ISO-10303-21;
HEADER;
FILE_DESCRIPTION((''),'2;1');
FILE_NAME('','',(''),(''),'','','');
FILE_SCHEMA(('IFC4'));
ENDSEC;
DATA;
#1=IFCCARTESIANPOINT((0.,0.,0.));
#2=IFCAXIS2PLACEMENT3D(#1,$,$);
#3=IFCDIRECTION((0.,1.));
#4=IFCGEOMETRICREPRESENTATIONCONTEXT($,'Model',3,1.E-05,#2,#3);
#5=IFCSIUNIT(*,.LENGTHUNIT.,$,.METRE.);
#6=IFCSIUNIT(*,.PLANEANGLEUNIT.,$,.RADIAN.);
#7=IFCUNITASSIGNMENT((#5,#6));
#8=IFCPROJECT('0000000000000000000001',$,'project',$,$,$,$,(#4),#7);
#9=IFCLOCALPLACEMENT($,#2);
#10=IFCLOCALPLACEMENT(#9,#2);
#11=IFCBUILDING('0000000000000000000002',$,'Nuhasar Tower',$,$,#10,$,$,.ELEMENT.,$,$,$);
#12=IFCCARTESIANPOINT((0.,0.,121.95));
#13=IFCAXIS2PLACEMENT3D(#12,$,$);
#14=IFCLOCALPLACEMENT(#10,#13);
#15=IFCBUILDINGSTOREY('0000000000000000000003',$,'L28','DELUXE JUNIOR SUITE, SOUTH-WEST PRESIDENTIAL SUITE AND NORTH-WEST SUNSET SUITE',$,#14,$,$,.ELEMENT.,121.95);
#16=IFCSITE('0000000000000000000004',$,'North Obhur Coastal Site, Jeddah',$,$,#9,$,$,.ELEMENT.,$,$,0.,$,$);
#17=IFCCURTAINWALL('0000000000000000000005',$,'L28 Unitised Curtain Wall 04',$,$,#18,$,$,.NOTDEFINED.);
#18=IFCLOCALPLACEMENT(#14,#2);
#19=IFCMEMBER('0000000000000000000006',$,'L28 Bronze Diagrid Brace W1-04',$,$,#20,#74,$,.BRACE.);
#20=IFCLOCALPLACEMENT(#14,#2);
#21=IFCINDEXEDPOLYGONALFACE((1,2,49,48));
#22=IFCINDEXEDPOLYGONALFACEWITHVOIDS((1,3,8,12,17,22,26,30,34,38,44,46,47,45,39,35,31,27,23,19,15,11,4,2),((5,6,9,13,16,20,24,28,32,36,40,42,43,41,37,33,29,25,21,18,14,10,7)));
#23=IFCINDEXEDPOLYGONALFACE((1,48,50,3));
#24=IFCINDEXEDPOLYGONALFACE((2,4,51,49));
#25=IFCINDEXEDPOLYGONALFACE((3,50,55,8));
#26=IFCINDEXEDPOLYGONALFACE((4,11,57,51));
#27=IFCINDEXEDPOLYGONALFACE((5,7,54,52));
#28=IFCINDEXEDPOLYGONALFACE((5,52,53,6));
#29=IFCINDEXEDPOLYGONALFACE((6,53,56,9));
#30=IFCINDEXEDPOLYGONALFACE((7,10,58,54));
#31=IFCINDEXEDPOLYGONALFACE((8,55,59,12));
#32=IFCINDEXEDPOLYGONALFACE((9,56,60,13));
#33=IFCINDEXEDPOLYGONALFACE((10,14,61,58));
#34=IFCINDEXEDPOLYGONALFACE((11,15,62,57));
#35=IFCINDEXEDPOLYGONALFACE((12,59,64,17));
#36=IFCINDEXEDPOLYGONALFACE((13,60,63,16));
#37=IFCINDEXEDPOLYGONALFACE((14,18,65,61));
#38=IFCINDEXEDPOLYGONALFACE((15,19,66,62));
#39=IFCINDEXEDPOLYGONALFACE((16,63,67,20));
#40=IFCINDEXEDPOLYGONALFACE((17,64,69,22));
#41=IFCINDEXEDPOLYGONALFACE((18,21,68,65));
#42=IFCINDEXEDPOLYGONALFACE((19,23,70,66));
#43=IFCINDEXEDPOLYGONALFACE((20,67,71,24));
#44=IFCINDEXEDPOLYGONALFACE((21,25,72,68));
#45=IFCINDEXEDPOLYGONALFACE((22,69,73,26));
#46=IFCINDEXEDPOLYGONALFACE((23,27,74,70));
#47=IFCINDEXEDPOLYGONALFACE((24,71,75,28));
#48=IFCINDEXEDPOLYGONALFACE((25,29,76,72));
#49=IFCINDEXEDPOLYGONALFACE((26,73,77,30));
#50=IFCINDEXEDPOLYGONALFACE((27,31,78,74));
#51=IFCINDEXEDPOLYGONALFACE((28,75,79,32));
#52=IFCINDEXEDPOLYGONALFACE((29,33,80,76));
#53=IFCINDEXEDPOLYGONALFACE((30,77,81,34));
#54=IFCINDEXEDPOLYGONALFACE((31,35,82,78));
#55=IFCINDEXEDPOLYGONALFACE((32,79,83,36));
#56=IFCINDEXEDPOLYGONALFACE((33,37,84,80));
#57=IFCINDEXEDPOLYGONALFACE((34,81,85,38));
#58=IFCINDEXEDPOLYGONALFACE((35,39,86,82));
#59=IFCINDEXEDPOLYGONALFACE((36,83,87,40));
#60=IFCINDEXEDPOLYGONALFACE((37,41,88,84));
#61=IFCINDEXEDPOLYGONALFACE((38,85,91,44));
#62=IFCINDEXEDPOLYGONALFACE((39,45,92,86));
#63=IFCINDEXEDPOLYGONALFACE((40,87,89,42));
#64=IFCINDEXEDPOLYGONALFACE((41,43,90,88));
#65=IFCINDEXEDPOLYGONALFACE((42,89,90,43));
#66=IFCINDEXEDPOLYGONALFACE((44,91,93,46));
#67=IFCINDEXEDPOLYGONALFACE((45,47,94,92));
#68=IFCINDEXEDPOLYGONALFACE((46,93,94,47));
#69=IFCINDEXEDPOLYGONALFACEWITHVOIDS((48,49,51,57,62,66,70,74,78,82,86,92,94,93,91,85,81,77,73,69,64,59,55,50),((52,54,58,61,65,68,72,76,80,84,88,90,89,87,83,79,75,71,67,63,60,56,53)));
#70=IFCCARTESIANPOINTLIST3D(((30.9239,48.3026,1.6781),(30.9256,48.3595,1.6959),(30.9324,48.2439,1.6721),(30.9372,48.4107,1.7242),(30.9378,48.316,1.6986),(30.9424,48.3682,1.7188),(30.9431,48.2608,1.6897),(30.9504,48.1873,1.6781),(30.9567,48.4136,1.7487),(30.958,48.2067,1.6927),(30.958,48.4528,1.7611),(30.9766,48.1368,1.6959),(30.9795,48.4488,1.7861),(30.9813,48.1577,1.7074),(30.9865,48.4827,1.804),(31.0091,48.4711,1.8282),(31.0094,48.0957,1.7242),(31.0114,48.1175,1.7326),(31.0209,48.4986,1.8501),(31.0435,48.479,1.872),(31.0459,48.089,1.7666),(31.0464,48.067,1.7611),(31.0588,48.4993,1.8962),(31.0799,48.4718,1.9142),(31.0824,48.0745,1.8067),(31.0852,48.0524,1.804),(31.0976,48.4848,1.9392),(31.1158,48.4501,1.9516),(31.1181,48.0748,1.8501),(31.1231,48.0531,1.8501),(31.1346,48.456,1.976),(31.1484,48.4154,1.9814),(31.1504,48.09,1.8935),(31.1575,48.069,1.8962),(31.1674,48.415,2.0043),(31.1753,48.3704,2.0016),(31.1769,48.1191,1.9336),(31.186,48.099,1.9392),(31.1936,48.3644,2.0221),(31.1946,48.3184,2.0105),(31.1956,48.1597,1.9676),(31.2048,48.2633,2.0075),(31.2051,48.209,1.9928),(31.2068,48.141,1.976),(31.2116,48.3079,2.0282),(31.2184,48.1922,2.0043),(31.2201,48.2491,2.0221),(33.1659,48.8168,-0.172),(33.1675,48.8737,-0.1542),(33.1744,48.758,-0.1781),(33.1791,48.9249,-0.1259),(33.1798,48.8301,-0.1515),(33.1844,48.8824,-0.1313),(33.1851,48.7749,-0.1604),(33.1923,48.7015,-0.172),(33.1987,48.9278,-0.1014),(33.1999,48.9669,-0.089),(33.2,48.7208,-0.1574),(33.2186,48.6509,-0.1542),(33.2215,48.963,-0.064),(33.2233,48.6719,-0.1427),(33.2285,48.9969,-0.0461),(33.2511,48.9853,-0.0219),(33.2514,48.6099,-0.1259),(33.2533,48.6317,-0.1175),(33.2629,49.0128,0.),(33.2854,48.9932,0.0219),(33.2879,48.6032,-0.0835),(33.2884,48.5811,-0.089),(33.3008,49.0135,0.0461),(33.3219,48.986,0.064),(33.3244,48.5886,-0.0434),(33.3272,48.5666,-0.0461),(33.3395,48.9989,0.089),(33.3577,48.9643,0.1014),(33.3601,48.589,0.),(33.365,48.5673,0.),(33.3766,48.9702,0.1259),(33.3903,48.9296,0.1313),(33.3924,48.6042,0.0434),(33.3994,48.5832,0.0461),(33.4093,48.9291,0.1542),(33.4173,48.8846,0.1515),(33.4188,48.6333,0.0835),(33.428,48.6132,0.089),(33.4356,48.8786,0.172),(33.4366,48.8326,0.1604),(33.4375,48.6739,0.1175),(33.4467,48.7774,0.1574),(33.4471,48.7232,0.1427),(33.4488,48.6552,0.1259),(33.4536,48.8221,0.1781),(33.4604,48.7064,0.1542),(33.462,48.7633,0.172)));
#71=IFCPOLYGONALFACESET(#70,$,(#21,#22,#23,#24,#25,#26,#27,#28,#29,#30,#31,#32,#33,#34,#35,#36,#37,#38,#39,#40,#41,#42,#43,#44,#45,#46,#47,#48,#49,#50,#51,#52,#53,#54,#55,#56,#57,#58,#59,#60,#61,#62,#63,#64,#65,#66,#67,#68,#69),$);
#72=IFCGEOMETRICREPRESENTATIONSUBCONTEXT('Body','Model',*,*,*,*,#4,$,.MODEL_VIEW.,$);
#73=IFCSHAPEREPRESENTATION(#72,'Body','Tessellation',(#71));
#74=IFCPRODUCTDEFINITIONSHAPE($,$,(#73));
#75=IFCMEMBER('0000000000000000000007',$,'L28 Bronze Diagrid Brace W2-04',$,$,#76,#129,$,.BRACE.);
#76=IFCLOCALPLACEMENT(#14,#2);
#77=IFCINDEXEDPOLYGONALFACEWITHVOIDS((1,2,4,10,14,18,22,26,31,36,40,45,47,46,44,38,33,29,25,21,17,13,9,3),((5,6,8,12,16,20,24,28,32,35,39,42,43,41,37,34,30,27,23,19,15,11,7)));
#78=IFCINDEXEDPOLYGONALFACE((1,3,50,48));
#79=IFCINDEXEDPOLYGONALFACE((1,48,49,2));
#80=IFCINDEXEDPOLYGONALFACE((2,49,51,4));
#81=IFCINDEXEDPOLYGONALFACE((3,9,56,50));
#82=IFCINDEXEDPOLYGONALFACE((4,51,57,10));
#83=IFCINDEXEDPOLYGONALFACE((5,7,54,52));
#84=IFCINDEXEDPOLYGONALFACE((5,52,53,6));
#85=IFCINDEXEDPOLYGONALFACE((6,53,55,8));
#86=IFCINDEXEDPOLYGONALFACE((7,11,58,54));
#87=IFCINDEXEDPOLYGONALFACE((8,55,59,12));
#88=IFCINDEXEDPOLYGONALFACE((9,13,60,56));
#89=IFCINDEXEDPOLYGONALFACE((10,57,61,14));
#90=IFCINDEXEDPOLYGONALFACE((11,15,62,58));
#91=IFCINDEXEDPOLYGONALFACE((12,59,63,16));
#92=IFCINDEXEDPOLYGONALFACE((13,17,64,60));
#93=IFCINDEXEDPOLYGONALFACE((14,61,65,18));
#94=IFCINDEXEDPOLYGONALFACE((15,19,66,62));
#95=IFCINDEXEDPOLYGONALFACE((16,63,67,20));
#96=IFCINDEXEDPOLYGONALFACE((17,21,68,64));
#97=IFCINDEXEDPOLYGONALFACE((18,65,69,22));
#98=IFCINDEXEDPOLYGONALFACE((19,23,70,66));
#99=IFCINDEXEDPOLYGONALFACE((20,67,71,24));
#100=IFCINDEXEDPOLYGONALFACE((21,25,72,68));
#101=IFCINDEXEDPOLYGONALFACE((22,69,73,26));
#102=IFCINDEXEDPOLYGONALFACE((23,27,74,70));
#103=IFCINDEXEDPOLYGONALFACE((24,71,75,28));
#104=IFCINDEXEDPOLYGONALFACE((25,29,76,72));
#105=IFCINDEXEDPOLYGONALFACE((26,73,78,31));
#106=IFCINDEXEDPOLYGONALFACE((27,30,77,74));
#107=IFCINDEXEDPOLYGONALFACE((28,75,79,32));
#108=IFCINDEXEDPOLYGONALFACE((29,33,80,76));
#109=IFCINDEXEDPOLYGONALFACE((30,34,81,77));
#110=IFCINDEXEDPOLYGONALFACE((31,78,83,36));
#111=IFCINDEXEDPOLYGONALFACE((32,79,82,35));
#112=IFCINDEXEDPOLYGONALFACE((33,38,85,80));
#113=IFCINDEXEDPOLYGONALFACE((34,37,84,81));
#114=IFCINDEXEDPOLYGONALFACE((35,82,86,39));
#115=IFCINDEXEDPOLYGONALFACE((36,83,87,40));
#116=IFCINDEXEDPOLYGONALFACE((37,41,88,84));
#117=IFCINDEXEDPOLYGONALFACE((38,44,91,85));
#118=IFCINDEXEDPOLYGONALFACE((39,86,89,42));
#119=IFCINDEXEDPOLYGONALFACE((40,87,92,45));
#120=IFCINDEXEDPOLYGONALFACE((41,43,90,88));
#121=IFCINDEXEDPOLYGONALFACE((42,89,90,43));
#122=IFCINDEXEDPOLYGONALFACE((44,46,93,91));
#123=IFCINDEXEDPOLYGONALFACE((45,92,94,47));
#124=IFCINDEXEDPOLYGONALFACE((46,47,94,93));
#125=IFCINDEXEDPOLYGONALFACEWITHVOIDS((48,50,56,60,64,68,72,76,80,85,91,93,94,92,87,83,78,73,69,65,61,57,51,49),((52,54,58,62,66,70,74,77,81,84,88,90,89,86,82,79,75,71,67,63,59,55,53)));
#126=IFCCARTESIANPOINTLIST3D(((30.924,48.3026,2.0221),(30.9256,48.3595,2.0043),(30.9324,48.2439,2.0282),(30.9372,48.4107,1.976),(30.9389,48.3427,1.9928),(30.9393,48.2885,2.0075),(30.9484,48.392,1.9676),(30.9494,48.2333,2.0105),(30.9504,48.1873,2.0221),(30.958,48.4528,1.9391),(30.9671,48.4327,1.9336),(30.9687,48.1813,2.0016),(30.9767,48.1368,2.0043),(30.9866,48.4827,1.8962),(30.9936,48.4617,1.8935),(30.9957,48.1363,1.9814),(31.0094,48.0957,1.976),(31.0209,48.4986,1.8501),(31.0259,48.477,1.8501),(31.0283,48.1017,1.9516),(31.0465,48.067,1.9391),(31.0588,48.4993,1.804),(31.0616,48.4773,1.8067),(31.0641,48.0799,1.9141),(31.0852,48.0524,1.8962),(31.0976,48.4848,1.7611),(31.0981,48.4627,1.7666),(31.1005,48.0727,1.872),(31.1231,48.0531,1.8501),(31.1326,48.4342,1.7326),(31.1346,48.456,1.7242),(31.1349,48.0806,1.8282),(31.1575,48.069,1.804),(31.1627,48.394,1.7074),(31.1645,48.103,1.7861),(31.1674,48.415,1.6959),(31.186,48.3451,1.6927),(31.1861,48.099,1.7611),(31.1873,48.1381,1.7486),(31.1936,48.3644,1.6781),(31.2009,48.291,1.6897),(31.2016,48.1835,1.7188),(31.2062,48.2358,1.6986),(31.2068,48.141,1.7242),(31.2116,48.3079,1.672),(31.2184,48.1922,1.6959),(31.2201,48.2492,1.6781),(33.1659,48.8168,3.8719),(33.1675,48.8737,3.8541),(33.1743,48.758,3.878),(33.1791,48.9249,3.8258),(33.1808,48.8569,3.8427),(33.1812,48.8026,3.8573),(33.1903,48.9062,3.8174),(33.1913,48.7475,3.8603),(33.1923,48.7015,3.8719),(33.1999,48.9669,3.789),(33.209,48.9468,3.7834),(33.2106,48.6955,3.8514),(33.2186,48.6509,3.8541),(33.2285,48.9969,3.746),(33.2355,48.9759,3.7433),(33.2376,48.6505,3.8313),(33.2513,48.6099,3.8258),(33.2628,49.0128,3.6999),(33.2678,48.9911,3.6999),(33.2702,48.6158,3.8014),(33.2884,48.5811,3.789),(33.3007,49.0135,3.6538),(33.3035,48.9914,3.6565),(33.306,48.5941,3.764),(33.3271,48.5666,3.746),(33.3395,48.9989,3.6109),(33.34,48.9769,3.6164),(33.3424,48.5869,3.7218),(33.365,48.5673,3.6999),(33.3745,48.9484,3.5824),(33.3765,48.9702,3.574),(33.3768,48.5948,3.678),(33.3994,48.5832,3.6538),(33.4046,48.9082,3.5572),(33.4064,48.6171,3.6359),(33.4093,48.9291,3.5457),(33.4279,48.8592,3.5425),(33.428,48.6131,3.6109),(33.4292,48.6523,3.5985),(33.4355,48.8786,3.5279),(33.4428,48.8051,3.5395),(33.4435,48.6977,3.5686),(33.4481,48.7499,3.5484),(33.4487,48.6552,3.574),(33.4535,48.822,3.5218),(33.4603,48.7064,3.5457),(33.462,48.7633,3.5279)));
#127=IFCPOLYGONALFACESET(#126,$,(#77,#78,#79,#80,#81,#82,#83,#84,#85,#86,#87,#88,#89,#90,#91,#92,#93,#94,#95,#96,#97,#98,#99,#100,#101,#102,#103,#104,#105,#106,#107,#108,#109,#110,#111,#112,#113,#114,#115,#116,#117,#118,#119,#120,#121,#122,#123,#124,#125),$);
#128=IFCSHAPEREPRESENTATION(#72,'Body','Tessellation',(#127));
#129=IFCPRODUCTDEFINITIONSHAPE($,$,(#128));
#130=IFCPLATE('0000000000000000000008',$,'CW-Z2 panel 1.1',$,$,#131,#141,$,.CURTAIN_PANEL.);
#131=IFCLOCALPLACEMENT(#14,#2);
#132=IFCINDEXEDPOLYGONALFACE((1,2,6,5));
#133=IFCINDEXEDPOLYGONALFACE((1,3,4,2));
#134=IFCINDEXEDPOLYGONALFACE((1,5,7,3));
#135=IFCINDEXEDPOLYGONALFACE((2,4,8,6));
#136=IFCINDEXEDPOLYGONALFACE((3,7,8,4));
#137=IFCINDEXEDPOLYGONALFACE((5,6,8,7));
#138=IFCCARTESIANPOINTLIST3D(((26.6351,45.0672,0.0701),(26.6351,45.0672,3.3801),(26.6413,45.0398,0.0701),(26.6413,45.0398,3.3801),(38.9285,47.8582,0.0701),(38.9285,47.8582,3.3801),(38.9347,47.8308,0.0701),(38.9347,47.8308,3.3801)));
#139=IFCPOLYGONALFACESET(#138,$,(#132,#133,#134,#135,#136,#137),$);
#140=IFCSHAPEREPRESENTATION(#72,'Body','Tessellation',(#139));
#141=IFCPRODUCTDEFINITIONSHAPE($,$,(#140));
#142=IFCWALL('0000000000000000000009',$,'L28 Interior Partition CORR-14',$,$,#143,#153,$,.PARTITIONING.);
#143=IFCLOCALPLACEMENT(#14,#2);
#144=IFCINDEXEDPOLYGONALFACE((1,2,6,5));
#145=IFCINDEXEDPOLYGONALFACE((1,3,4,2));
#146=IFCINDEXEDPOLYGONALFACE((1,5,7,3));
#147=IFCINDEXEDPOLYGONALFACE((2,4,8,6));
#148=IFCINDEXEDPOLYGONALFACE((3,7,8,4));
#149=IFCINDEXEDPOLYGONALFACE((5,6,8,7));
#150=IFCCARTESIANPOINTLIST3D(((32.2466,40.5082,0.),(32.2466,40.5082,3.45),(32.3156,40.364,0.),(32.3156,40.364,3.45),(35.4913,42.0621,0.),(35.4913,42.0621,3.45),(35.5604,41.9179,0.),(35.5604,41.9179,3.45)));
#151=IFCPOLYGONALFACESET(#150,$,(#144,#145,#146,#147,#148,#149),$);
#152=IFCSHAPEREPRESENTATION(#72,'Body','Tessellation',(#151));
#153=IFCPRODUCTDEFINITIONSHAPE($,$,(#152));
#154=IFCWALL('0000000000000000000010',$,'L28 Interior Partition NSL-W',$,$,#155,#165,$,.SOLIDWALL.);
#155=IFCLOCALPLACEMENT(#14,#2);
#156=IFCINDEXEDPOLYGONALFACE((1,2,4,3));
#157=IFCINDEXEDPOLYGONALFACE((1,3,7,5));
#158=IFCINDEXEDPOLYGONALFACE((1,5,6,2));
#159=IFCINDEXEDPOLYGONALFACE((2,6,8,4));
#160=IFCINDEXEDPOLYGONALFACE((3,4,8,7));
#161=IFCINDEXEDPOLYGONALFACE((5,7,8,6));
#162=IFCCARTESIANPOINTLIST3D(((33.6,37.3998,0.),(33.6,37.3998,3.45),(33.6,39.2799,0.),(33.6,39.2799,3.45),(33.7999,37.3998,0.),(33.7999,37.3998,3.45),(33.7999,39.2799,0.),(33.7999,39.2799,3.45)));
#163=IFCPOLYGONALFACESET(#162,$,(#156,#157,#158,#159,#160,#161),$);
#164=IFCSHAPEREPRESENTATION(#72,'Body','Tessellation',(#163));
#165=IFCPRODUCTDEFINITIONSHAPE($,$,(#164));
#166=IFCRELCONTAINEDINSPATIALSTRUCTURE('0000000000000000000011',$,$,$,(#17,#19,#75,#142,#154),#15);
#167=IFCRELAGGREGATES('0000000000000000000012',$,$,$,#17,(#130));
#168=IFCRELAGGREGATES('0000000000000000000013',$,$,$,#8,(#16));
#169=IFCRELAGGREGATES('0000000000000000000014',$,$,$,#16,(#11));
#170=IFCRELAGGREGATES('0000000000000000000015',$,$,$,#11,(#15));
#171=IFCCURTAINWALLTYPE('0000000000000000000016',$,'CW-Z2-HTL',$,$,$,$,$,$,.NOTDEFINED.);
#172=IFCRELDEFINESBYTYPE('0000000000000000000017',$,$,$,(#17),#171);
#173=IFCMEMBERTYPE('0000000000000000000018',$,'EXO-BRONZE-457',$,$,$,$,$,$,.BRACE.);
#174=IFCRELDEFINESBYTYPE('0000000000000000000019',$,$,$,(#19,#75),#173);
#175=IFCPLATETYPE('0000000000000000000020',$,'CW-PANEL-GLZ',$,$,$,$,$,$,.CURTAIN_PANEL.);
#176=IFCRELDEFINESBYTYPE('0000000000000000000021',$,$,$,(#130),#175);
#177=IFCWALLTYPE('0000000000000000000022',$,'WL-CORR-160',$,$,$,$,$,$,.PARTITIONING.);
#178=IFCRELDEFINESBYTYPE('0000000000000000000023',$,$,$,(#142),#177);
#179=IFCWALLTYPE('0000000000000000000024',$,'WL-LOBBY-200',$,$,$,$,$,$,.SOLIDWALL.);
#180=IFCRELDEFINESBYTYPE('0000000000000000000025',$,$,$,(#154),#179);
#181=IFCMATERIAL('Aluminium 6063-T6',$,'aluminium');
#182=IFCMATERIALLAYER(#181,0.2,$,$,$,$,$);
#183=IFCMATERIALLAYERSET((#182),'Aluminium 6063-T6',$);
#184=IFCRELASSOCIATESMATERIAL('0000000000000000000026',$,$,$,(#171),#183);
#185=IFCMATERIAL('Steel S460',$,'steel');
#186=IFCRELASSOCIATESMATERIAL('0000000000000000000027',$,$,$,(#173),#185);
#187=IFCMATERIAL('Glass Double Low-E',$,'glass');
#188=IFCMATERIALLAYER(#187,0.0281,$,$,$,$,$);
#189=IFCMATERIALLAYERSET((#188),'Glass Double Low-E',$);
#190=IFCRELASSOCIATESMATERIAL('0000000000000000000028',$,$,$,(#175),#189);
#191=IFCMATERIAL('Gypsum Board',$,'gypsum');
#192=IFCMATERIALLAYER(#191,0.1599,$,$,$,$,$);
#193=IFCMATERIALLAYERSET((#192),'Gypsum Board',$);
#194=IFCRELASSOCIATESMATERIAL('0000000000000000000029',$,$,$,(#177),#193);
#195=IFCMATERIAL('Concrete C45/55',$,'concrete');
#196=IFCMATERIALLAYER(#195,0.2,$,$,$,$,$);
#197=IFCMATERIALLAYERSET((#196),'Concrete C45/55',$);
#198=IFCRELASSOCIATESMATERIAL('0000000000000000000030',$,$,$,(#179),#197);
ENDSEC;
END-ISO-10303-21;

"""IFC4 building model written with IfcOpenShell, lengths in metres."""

from ifc_helpers import new_model, si_unit, direction, frame, frame_2d, origin, origin_2d, place, context, subcontext, project, spatial, rectangle, hollow_circle, extrude, material, layer, layer_set, material_profile, profile_set, type_object, element, aggregate, save


model = new_model("IFC4")

# Units and contexts
model_context = context("Model", 3, precision=1e-05, world=origin(), true_north=direction((0.0, 1.0)))
body_context = subcontext(model_context, "Body", "Model", "MODEL_VIEW")
ifc_project = project(units=[si_unit("LENGTHUNIT", "METRE"), si_unit("PLANEANGLEUNIT", "RADIAN")], contexts=[model_context])

# Site, building, storey
site_placement = place(None, origin())
site = spatial("IfcSite", under=ifc_project, at=site_placement, Name="North Obhur Coastal Site, Jeddah", CompositionType="ELEMENT", RefElevation=0.0)
building_placement = place(site_placement, origin())
building = spatial("IfcBuilding", under=site, at=building_placement, Name="Nuhasar Tower", CompositionType="ELEMENT")
storey_placement = place(building_placement, frame((0.0, 0.0, 121.95)))
storey = spatial("IfcBuildingStorey", under=building, at=storey_placement, Name="L28", Description="DELUXE JUNIOR SUITE, SOUTH-WEST PRESIDENTIAL SUITE AND NORTH-WEST SUNSET SUITE", CompositionType="ELEMENT", Elevation=121.95)

# Curtain wall
ifc_material_1 = material(Name="Aluminium 6063-T6", Category="aluminium")
ifc_layer_1 = layer(ifc_material_1, 0.2)
ifc_layer_set_1 = layer_set([ifc_layer_1], Name="Aluminium 6063-T6")
curtain_wall_type = type_object("IfcCurtainWallType", Name="CW-Z2-HTL", PredefinedType="NOTDEFINED", material=ifc_layer_set_1)
curtain_wall_placement = place(storey_placement, origin())
curtain_wall = element("IfcCurtainWall", 1, at=curtain_wall_placement, inside=storey, type_object=curtain_wall_type, Name="L28 Unitised Curtain Wall 04", PredefinedType="NOTDEFINED")

# Members
ifc_material_2 = material(Name="Steel S460", Category="steel")
ifc_material_profile_1 = material_profile(ifc_material_2, hollow_circle(Radius=0.2285, WallThickness=0.0222, at=origin_2d()), Name="HSS457X22.2")
ifc_profile_set_1 = profile_set([ifc_material_profile_1], Name="Steel S460")
member_type_1 = type_object("IfcMemberType", Name="EXO-BRONZE-457", PredefinedType="BRACE", material=ifc_profile_set_1)
member_1_placement = place(storey_placement, frame((33.314, 48.79, 0.0), z_axis=(-0.7595, -0.174181, 0.626755), x_axis=(0.223534, -0.974696, 0.0)))
element("IfcMember", 2, at=member_1_placement, inside=storey, type_object=member_type_1, Name="L28 Bronze Diagrid Brace W1-04", PredefinedType="BRACE", context=body_context, shape_type="SweptSolid", body=[
    extrude(hollow_circle(Radius=0.2285, WallThickness=0.0222, at=origin_2d()), origin(), (0.0, 0.0, 1.0), 2.9519),
])
member_2_placement = place(storey_placement, frame((31.072, 48.2759, 1.8501), z_axis=(0.759539, 0.17419, 0.626704), x_axis=(-0.223534, 0.974696, 0.0)))
element("IfcMember", 3, at=member_2_placement, inside=storey, type_object=member_type_1, Name="L28 Bronze Diagrid Brace W2-04", PredefinedType="BRACE", context=body_context, shape_type="SweptSolid", body=[
    extrude(hollow_circle(Radius=0.2285, WallThickness=0.0222, at=origin_2d()), origin(), (0.0, 0.0, 1.0), 2.9517),
])

# Plate
ifc_material_3 = material(Name="Glass Double Low-E", Category="glass")
ifc_layer_2 = layer(ifc_material_3, 0.0281)
ifc_layer_set_2 = layer_set([ifc_layer_2], Name="Glass Double Low-E")
plate_type = type_object("IfcPlateType", Name="CW-PANEL-GLZ", PredefinedType="CURTAIN_PANEL", material=ifc_layer_set_2)
plate_placement = place(storey_placement, frame((32.7849, 46.449, 0.0701), z_axis=(0.0, 0.0, 1.0), x_axis=(-0.975184, -0.221397, 0.0)))
plate = element("IfcPlate", 4, at=plate_placement, type_object=plate_type, Name="CW-Z2 panel 1.1", PredefinedType="CURTAIN_PANEL", context=body_context, shape_type="SweptSolid", body=[
    extrude(rectangle(XDim=12.6062, YDim=0.0281, at=origin_2d()), origin(), (0.0, 0.0, 1.0), 3.3101),
])
aggregate(curtain_wall, [plate])

# Walls
ifc_material_4 = material(Name="Gypsum Board", Category="gypsum")
ifc_layer_3 = layer(ifc_material_4, 0.1599)
ifc_layer_set_3 = layer_set([ifc_layer_3], Name="Gypsum Board")
wall_type_1 = type_object("IfcWallType", Name="WL-CORR-160", PredefinedType="PARTITIONING", material=ifc_layer_set_3)
wall_1_placement = place(storey_placement, frame((35.5259, 41.99, 0.0), z_axis=(0.0, 0.0, 1.0), x_axis=(-0.901911, -0.431921, 0.0)))
element("IfcWall", 5, at=wall_1_placement, inside=storey, type_object=wall_type_1, Name="L28 Interior Partition CORR-14", PredefinedType="PARTITIONING", context=body_context, shape_type="SweptSolid", body=[
    extrude(rectangle(XDim=3.5977, YDim=0.1599, at=frame_2d((1.7988, 0.0))), origin(), (0.0, 0.0, 1.0), 3.45),
])
ifc_material_5 = material(Name="Concrete C45/55", Category="concrete")
ifc_layer_4 = layer(ifc_material_5, 0.2)
ifc_layer_set_4 = layer_set([ifc_layer_4], Name="Concrete C45/55")
wall_type_2 = type_object("IfcWallType", Name="WL-LOBBY-200", PredefinedType="SOLIDWALL", material=ifc_layer_set_4)
wall_2_placement = place(storey_placement, frame((33.7, 37.3999, 0.0), z_axis=(0.0, 0.0, 1.0), x_axis=(0.0, 1.0, 0.0)))
element("IfcWall", 6, at=wall_2_placement, inside=storey, type_object=wall_type_2, Name="L28 Interior Partition NSL-W", PredefinedType="SOLIDWALL", context=body_context, shape_type="SweptSolid", body=[
    extrude(rectangle(XDim=1.8801, YDim=0.2, at=frame_2d((0.9399, 0.0))), origin(), (0.0, 0.0, 1.0), 3.45),
])

save(model, "model.ifc")
